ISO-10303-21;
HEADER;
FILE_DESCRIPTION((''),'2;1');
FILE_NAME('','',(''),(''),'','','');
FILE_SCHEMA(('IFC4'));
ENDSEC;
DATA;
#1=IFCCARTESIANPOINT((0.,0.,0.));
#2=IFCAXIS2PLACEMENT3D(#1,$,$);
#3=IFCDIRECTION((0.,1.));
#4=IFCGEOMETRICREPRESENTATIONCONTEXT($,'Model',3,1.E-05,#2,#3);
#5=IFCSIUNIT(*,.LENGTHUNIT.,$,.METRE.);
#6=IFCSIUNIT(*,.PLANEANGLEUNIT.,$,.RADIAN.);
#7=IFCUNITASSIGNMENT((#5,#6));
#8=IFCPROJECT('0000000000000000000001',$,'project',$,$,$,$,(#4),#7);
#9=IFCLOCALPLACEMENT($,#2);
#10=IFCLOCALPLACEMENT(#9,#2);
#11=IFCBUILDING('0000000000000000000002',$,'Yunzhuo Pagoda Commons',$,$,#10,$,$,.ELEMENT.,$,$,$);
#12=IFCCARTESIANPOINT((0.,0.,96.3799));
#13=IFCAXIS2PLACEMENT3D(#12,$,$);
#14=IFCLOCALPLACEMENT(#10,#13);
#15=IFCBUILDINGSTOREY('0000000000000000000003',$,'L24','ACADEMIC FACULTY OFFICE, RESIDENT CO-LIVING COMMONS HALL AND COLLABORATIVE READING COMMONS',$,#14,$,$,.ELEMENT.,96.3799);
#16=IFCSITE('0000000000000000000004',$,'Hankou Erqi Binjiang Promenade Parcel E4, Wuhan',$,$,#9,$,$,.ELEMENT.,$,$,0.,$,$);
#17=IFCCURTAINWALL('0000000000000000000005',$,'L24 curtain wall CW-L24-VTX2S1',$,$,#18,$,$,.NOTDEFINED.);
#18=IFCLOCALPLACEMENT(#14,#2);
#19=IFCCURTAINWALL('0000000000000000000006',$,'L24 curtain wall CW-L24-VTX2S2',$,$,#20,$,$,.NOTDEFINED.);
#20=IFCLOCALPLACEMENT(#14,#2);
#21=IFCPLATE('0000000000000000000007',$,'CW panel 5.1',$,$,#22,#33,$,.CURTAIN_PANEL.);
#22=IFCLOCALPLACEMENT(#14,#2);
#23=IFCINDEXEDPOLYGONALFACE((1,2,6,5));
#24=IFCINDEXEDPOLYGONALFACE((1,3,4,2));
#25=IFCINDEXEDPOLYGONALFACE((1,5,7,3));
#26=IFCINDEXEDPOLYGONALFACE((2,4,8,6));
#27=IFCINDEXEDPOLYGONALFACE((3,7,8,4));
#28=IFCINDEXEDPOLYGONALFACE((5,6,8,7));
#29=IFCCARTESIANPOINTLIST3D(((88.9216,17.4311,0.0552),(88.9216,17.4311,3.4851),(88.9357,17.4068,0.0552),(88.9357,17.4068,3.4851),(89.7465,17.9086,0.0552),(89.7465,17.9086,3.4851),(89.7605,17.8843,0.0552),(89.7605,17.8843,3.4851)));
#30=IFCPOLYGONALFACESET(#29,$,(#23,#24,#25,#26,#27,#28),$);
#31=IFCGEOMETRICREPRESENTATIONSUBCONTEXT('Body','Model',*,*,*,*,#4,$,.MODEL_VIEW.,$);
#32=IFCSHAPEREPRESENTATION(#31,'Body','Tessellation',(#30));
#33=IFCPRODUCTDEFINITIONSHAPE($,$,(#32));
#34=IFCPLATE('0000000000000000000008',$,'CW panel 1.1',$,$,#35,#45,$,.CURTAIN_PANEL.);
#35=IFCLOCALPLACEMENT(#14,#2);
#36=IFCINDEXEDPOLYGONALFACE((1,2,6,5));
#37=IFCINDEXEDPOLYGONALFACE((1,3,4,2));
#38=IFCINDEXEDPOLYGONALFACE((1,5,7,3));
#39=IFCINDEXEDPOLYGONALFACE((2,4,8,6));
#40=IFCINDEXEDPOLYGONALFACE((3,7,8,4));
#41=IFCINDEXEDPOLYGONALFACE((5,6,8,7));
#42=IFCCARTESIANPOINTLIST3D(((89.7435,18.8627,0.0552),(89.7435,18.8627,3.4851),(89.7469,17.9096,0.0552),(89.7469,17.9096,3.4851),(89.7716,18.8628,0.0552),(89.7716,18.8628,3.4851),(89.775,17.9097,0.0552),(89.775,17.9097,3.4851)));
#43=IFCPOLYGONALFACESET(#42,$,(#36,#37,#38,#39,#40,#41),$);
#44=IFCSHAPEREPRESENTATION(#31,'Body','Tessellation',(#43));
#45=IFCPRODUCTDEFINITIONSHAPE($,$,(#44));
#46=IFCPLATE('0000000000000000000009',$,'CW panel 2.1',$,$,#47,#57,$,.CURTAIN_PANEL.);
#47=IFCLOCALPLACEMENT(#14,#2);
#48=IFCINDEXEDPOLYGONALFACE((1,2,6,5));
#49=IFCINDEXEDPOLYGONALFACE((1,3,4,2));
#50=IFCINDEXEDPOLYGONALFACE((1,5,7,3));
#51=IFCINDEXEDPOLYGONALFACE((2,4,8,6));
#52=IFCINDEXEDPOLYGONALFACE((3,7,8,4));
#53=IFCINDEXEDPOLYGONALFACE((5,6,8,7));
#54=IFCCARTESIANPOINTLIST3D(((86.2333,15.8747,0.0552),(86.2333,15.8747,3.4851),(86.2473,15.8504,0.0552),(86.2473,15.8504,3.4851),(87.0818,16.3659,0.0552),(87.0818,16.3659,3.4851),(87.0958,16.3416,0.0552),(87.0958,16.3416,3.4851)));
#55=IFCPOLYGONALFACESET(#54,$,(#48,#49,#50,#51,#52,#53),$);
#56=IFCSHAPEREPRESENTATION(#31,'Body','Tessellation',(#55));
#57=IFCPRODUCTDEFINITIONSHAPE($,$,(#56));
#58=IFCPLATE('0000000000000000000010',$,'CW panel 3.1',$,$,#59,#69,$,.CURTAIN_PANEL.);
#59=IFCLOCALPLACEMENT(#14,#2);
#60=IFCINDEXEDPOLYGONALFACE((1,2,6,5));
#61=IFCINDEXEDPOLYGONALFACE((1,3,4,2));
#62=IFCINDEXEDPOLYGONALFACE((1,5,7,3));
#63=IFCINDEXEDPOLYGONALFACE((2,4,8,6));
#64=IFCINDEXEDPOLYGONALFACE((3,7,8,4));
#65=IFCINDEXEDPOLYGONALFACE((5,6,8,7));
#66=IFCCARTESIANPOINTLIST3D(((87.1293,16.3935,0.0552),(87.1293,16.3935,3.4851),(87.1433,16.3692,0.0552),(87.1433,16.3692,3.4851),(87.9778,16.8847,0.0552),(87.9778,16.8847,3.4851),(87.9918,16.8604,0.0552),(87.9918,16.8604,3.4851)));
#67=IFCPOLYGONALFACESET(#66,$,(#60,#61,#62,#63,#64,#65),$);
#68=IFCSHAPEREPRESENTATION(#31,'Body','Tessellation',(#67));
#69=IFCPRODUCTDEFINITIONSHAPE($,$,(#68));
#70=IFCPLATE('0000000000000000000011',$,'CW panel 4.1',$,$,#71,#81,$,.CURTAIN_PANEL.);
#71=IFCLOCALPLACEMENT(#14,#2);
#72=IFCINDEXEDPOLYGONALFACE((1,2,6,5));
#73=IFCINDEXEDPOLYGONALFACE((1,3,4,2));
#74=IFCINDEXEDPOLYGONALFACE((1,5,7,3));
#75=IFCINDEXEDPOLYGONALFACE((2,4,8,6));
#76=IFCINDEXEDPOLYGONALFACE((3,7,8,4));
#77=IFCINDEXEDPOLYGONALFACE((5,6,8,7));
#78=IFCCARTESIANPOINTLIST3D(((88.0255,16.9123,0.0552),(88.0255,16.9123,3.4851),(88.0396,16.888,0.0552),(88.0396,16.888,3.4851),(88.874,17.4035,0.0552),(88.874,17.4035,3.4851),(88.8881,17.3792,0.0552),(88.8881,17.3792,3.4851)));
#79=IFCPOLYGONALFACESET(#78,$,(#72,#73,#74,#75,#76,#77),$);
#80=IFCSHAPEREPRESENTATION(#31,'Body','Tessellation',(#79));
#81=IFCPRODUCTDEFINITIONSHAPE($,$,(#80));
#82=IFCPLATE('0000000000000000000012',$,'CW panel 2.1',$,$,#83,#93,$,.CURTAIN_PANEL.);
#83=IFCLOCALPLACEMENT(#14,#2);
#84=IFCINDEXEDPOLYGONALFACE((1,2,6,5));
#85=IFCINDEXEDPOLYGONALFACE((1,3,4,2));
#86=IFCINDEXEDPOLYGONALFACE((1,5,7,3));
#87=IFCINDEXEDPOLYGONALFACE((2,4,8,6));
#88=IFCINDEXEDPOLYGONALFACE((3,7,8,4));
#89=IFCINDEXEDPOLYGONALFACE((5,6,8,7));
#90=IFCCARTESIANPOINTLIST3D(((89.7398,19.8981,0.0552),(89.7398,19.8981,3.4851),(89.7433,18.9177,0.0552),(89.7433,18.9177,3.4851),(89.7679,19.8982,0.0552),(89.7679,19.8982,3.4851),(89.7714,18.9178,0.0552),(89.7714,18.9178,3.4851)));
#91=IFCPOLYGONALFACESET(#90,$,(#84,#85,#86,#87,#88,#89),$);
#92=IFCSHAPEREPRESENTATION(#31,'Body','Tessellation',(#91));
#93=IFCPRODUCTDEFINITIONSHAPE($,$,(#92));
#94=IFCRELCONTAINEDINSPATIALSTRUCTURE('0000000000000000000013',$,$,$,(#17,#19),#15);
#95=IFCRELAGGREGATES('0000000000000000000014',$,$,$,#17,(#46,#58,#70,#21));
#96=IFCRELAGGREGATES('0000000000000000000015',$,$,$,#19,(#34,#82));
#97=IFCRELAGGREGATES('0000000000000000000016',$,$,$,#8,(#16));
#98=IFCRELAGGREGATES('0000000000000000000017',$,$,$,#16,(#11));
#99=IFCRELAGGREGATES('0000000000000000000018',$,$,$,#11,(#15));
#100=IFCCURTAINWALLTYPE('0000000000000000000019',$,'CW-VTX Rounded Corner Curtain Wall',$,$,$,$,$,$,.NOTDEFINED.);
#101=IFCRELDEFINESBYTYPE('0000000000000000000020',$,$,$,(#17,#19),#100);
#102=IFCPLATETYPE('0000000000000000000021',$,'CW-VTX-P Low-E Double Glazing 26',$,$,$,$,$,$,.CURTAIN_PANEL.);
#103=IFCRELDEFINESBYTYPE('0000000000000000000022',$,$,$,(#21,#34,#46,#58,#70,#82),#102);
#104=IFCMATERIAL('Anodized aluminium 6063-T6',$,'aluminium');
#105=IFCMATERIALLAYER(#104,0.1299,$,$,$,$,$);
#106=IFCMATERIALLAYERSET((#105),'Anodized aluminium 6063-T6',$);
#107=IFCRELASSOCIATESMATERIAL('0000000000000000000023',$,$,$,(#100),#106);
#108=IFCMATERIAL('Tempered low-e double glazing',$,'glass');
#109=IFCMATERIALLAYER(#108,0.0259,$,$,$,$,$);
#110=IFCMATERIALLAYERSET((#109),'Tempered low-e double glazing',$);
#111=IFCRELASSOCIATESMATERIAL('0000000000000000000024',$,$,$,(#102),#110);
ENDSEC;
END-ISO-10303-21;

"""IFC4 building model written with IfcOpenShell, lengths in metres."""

from ifc_helpers import new_model, si_unit, direction, frame, origin, origin_2d, place, context, subcontext, project, spatial, rectangle, extrude, source, transform, mapped, material, layer, layer_set, type_object, element, aggregate, save


model = new_model("IFC4")

# Units and contexts
model_context = context("Model", 3, precision=1e-05, world=origin(), true_north=direction((0.0, 1.0)))
body_context = subcontext(model_context, "Body", "Model", "MODEL_VIEW")
ifc_project = project(units=[si_unit("LENGTHUNIT", "METRE"), si_unit("PLANEANGLEUNIT", "RADIAN")], contexts=[model_context])

# Site, building, storey
site_placement = place(None, origin())
site = spatial("IfcSite", under=ifc_project, at=site_placement, Name="Hankou Erqi Binjiang Promenade Parcel E4, Wuhan", CompositionType="ELEMENT", RefElevation=0.0)
building_placement = place(site_placement, origin())
building = spatial("IfcBuilding", under=site, at=building_placement, Name="Yunzhuo Pagoda Commons", CompositionType="ELEMENT")
storey_placement = place(building_placement, frame((0.0, 0.0, 96.3799)))
storey = spatial("IfcBuildingStorey", under=building, at=storey_placement, Name="L24", Description="ACADEMIC FACULTY OFFICE, RESIDENT CO-LIVING COMMONS HALL AND COLLABORATIVE READING COMMONS", CompositionType="ELEMENT", Elevation=96.3799)

# Shared definitions
ifc_material_1 = material(Name="Anodized aluminium 6063-T6", Category="aluminium")

# Curtain wall
ifc_layer_1 = layer(ifc_material_1, 0.1299)
ifc_layer_set_1 = layer_set([ifc_layer_1], Name="Anodized aluminium 6063-T6")
curtain_wall_type_1 = type_object("IfcCurtainWallType", Name="CW-VTX Rounded Corner Curtain Wall", PredefinedType="NOTDEFINED", material=ifc_layer_set_1)
curtain_wall_1_placement = place(storey_placement, origin())
curtain_wall_1 = element("IfcCurtainWall", 1, at=curtain_wall_1_placement, inside=storey, type_object=curtain_wall_type_1, Name="L24 curtain wall CW-L24-VTX2S1", PredefinedType="NOTDEFINED")

# Curtain wall
curtain_wall_2_placement = place(storey_placement, origin())
curtain_wall_2 = element("IfcCurtainWall", 2, at=curtain_wall_2_placement, inside=storey, type_object=curtain_wall_type_1, Name="L24 curtain wall CW-L24-VTX2S2", PredefinedType="NOTDEFINED")

# Plates
ifc_material_2 = material(Name="Tempered low-e double glazing", Category="glass")
ifc_layer_2 = layer(ifc_material_2, 0.0259)
ifc_layer_set_2 = layer_set([ifc_layer_2], Name="Tempered low-e double glazing")
plate_type = type_object("IfcPlateType", Name="CW-VTX-P Low-E Double Glazing 26", PredefinedType="CURTAIN_PANEL", material=ifc_layer_set_2)
shared_shape_1 = source(origin(), body_context, "Body", "SweptSolid", [
    extrude(rectangle(XDim=0.9531, YDim=0.0281, at=origin_2d()), origin(), (0.0, 0.0, 1.0), 3.4299),
])
plate_1_placement = place(storey_placement, frame((89.3411, 17.6577, 0.0552), z_axis=(0.0, 0.0, 1.0), x_axis=(0.865427, 0.501036, 0.0)))
plate_1 = element("IfcPlate", 3, at=plate_1_placement, type_object=plate_type, Name="CW panel 5.1", PredefinedType="CURTAIN_PANEL", context=body_context, shape_type="MappedRepresentation", body=[
    mapped(shared_shape_1, transform((0.0, 0.0, 0.0), scale=1.0)),
])
plate_2_placement = place(storey_placement, frame((89.7593, 18.3862, 0.0552), z_axis=(0.0, 0.0, 1.0), x_axis=(-0.003573, 0.999994, 0.0)))
plate_2 = element("IfcPlate", 4, at=plate_2_placement, type_object=plate_type, Name="CW panel 1.1", PredefinedType="CURTAIN_PANEL", context=body_context, shape_type="MappedRepresentation", body=[
    mapped(shared_shape_1, transform((0.0, 0.0, 0.0), scale=1.0)),
])
shared_shape_2 = source(origin(), body_context, "Body", "SweptSolid", [
    extrude(rectangle(XDim=0.9805, YDim=0.0281, at=origin_2d()), origin(), (0.0, 0.0, 1.0), 3.4299),
])
plate_3_placement = place(storey_placement, frame((86.6646, 16.1082, 0.0552), z_axis=(0.0, 0.0, 1.0), x_axis=(0.865427, 0.501036, 0.0)))
plate_3 = element("IfcPlate", 5, at=plate_3_placement, type_object=plate_type, Name="CW panel 2.1", PredefinedType="CURTAIN_PANEL", context=body_context, shape_type="MappedRepresentation", body=[
    mapped(shared_shape_2, transform((0.0, 0.0, 0.0), scale=1.0)),
])
plate_4_placement = place(storey_placement, frame((87.5605, 16.627, 0.0552), z_axis=(0.0, 0.0, 1.0), x_axis=(0.865427, 0.501036, 0.0)))
plate_4 = element("IfcPlate", 6, at=plate_4_placement, type_object=plate_type, Name="CW panel 3.1", PredefinedType="CURTAIN_PANEL", context=body_context, shape_type="MappedRepresentation", body=[
    mapped(shared_shape_2, transform((0.0, 0.0, 0.0), scale=1.0)),
])
plate_5_placement = place(storey_placement, frame((88.4568, 17.1458, 0.0552), z_axis=(0.0, 0.0, 1.0), x_axis=(0.865427, 0.501036, 0.0)))
plate_5 = element("IfcPlate", 7, at=plate_5_placement, type_object=plate_type, Name="CW panel 4.1", PredefinedType="CURTAIN_PANEL", context=body_context, shape_type="MappedRepresentation", body=[
    mapped(shared_shape_2, transform((0.0, 0.0, 0.0), scale=1.0)),
])
aggregate(curtain_wall_1, [plate_3, plate_4, plate_5, plate_1])
plate_6_placement = place(storey_placement, frame((89.7556, 19.408, 0.0552), z_axis=(0.0, 0.0, 1.0), x_axis=(-0.003573, 0.999994, 0.0)))
plate_6 = element("IfcPlate", 8, at=plate_6_placement, type_object=plate_type, Name="CW panel 2.1", PredefinedType="CURTAIN_PANEL", context=body_context, shape_type="MappedRepresentation", body=[
    mapped(shared_shape_2, transform((0.0, 0.0, 0.0), scale=1.0)),
])
aggregate(curtain_wall_2, [plate_2, plate_6])

save(model, "model.ifc")
